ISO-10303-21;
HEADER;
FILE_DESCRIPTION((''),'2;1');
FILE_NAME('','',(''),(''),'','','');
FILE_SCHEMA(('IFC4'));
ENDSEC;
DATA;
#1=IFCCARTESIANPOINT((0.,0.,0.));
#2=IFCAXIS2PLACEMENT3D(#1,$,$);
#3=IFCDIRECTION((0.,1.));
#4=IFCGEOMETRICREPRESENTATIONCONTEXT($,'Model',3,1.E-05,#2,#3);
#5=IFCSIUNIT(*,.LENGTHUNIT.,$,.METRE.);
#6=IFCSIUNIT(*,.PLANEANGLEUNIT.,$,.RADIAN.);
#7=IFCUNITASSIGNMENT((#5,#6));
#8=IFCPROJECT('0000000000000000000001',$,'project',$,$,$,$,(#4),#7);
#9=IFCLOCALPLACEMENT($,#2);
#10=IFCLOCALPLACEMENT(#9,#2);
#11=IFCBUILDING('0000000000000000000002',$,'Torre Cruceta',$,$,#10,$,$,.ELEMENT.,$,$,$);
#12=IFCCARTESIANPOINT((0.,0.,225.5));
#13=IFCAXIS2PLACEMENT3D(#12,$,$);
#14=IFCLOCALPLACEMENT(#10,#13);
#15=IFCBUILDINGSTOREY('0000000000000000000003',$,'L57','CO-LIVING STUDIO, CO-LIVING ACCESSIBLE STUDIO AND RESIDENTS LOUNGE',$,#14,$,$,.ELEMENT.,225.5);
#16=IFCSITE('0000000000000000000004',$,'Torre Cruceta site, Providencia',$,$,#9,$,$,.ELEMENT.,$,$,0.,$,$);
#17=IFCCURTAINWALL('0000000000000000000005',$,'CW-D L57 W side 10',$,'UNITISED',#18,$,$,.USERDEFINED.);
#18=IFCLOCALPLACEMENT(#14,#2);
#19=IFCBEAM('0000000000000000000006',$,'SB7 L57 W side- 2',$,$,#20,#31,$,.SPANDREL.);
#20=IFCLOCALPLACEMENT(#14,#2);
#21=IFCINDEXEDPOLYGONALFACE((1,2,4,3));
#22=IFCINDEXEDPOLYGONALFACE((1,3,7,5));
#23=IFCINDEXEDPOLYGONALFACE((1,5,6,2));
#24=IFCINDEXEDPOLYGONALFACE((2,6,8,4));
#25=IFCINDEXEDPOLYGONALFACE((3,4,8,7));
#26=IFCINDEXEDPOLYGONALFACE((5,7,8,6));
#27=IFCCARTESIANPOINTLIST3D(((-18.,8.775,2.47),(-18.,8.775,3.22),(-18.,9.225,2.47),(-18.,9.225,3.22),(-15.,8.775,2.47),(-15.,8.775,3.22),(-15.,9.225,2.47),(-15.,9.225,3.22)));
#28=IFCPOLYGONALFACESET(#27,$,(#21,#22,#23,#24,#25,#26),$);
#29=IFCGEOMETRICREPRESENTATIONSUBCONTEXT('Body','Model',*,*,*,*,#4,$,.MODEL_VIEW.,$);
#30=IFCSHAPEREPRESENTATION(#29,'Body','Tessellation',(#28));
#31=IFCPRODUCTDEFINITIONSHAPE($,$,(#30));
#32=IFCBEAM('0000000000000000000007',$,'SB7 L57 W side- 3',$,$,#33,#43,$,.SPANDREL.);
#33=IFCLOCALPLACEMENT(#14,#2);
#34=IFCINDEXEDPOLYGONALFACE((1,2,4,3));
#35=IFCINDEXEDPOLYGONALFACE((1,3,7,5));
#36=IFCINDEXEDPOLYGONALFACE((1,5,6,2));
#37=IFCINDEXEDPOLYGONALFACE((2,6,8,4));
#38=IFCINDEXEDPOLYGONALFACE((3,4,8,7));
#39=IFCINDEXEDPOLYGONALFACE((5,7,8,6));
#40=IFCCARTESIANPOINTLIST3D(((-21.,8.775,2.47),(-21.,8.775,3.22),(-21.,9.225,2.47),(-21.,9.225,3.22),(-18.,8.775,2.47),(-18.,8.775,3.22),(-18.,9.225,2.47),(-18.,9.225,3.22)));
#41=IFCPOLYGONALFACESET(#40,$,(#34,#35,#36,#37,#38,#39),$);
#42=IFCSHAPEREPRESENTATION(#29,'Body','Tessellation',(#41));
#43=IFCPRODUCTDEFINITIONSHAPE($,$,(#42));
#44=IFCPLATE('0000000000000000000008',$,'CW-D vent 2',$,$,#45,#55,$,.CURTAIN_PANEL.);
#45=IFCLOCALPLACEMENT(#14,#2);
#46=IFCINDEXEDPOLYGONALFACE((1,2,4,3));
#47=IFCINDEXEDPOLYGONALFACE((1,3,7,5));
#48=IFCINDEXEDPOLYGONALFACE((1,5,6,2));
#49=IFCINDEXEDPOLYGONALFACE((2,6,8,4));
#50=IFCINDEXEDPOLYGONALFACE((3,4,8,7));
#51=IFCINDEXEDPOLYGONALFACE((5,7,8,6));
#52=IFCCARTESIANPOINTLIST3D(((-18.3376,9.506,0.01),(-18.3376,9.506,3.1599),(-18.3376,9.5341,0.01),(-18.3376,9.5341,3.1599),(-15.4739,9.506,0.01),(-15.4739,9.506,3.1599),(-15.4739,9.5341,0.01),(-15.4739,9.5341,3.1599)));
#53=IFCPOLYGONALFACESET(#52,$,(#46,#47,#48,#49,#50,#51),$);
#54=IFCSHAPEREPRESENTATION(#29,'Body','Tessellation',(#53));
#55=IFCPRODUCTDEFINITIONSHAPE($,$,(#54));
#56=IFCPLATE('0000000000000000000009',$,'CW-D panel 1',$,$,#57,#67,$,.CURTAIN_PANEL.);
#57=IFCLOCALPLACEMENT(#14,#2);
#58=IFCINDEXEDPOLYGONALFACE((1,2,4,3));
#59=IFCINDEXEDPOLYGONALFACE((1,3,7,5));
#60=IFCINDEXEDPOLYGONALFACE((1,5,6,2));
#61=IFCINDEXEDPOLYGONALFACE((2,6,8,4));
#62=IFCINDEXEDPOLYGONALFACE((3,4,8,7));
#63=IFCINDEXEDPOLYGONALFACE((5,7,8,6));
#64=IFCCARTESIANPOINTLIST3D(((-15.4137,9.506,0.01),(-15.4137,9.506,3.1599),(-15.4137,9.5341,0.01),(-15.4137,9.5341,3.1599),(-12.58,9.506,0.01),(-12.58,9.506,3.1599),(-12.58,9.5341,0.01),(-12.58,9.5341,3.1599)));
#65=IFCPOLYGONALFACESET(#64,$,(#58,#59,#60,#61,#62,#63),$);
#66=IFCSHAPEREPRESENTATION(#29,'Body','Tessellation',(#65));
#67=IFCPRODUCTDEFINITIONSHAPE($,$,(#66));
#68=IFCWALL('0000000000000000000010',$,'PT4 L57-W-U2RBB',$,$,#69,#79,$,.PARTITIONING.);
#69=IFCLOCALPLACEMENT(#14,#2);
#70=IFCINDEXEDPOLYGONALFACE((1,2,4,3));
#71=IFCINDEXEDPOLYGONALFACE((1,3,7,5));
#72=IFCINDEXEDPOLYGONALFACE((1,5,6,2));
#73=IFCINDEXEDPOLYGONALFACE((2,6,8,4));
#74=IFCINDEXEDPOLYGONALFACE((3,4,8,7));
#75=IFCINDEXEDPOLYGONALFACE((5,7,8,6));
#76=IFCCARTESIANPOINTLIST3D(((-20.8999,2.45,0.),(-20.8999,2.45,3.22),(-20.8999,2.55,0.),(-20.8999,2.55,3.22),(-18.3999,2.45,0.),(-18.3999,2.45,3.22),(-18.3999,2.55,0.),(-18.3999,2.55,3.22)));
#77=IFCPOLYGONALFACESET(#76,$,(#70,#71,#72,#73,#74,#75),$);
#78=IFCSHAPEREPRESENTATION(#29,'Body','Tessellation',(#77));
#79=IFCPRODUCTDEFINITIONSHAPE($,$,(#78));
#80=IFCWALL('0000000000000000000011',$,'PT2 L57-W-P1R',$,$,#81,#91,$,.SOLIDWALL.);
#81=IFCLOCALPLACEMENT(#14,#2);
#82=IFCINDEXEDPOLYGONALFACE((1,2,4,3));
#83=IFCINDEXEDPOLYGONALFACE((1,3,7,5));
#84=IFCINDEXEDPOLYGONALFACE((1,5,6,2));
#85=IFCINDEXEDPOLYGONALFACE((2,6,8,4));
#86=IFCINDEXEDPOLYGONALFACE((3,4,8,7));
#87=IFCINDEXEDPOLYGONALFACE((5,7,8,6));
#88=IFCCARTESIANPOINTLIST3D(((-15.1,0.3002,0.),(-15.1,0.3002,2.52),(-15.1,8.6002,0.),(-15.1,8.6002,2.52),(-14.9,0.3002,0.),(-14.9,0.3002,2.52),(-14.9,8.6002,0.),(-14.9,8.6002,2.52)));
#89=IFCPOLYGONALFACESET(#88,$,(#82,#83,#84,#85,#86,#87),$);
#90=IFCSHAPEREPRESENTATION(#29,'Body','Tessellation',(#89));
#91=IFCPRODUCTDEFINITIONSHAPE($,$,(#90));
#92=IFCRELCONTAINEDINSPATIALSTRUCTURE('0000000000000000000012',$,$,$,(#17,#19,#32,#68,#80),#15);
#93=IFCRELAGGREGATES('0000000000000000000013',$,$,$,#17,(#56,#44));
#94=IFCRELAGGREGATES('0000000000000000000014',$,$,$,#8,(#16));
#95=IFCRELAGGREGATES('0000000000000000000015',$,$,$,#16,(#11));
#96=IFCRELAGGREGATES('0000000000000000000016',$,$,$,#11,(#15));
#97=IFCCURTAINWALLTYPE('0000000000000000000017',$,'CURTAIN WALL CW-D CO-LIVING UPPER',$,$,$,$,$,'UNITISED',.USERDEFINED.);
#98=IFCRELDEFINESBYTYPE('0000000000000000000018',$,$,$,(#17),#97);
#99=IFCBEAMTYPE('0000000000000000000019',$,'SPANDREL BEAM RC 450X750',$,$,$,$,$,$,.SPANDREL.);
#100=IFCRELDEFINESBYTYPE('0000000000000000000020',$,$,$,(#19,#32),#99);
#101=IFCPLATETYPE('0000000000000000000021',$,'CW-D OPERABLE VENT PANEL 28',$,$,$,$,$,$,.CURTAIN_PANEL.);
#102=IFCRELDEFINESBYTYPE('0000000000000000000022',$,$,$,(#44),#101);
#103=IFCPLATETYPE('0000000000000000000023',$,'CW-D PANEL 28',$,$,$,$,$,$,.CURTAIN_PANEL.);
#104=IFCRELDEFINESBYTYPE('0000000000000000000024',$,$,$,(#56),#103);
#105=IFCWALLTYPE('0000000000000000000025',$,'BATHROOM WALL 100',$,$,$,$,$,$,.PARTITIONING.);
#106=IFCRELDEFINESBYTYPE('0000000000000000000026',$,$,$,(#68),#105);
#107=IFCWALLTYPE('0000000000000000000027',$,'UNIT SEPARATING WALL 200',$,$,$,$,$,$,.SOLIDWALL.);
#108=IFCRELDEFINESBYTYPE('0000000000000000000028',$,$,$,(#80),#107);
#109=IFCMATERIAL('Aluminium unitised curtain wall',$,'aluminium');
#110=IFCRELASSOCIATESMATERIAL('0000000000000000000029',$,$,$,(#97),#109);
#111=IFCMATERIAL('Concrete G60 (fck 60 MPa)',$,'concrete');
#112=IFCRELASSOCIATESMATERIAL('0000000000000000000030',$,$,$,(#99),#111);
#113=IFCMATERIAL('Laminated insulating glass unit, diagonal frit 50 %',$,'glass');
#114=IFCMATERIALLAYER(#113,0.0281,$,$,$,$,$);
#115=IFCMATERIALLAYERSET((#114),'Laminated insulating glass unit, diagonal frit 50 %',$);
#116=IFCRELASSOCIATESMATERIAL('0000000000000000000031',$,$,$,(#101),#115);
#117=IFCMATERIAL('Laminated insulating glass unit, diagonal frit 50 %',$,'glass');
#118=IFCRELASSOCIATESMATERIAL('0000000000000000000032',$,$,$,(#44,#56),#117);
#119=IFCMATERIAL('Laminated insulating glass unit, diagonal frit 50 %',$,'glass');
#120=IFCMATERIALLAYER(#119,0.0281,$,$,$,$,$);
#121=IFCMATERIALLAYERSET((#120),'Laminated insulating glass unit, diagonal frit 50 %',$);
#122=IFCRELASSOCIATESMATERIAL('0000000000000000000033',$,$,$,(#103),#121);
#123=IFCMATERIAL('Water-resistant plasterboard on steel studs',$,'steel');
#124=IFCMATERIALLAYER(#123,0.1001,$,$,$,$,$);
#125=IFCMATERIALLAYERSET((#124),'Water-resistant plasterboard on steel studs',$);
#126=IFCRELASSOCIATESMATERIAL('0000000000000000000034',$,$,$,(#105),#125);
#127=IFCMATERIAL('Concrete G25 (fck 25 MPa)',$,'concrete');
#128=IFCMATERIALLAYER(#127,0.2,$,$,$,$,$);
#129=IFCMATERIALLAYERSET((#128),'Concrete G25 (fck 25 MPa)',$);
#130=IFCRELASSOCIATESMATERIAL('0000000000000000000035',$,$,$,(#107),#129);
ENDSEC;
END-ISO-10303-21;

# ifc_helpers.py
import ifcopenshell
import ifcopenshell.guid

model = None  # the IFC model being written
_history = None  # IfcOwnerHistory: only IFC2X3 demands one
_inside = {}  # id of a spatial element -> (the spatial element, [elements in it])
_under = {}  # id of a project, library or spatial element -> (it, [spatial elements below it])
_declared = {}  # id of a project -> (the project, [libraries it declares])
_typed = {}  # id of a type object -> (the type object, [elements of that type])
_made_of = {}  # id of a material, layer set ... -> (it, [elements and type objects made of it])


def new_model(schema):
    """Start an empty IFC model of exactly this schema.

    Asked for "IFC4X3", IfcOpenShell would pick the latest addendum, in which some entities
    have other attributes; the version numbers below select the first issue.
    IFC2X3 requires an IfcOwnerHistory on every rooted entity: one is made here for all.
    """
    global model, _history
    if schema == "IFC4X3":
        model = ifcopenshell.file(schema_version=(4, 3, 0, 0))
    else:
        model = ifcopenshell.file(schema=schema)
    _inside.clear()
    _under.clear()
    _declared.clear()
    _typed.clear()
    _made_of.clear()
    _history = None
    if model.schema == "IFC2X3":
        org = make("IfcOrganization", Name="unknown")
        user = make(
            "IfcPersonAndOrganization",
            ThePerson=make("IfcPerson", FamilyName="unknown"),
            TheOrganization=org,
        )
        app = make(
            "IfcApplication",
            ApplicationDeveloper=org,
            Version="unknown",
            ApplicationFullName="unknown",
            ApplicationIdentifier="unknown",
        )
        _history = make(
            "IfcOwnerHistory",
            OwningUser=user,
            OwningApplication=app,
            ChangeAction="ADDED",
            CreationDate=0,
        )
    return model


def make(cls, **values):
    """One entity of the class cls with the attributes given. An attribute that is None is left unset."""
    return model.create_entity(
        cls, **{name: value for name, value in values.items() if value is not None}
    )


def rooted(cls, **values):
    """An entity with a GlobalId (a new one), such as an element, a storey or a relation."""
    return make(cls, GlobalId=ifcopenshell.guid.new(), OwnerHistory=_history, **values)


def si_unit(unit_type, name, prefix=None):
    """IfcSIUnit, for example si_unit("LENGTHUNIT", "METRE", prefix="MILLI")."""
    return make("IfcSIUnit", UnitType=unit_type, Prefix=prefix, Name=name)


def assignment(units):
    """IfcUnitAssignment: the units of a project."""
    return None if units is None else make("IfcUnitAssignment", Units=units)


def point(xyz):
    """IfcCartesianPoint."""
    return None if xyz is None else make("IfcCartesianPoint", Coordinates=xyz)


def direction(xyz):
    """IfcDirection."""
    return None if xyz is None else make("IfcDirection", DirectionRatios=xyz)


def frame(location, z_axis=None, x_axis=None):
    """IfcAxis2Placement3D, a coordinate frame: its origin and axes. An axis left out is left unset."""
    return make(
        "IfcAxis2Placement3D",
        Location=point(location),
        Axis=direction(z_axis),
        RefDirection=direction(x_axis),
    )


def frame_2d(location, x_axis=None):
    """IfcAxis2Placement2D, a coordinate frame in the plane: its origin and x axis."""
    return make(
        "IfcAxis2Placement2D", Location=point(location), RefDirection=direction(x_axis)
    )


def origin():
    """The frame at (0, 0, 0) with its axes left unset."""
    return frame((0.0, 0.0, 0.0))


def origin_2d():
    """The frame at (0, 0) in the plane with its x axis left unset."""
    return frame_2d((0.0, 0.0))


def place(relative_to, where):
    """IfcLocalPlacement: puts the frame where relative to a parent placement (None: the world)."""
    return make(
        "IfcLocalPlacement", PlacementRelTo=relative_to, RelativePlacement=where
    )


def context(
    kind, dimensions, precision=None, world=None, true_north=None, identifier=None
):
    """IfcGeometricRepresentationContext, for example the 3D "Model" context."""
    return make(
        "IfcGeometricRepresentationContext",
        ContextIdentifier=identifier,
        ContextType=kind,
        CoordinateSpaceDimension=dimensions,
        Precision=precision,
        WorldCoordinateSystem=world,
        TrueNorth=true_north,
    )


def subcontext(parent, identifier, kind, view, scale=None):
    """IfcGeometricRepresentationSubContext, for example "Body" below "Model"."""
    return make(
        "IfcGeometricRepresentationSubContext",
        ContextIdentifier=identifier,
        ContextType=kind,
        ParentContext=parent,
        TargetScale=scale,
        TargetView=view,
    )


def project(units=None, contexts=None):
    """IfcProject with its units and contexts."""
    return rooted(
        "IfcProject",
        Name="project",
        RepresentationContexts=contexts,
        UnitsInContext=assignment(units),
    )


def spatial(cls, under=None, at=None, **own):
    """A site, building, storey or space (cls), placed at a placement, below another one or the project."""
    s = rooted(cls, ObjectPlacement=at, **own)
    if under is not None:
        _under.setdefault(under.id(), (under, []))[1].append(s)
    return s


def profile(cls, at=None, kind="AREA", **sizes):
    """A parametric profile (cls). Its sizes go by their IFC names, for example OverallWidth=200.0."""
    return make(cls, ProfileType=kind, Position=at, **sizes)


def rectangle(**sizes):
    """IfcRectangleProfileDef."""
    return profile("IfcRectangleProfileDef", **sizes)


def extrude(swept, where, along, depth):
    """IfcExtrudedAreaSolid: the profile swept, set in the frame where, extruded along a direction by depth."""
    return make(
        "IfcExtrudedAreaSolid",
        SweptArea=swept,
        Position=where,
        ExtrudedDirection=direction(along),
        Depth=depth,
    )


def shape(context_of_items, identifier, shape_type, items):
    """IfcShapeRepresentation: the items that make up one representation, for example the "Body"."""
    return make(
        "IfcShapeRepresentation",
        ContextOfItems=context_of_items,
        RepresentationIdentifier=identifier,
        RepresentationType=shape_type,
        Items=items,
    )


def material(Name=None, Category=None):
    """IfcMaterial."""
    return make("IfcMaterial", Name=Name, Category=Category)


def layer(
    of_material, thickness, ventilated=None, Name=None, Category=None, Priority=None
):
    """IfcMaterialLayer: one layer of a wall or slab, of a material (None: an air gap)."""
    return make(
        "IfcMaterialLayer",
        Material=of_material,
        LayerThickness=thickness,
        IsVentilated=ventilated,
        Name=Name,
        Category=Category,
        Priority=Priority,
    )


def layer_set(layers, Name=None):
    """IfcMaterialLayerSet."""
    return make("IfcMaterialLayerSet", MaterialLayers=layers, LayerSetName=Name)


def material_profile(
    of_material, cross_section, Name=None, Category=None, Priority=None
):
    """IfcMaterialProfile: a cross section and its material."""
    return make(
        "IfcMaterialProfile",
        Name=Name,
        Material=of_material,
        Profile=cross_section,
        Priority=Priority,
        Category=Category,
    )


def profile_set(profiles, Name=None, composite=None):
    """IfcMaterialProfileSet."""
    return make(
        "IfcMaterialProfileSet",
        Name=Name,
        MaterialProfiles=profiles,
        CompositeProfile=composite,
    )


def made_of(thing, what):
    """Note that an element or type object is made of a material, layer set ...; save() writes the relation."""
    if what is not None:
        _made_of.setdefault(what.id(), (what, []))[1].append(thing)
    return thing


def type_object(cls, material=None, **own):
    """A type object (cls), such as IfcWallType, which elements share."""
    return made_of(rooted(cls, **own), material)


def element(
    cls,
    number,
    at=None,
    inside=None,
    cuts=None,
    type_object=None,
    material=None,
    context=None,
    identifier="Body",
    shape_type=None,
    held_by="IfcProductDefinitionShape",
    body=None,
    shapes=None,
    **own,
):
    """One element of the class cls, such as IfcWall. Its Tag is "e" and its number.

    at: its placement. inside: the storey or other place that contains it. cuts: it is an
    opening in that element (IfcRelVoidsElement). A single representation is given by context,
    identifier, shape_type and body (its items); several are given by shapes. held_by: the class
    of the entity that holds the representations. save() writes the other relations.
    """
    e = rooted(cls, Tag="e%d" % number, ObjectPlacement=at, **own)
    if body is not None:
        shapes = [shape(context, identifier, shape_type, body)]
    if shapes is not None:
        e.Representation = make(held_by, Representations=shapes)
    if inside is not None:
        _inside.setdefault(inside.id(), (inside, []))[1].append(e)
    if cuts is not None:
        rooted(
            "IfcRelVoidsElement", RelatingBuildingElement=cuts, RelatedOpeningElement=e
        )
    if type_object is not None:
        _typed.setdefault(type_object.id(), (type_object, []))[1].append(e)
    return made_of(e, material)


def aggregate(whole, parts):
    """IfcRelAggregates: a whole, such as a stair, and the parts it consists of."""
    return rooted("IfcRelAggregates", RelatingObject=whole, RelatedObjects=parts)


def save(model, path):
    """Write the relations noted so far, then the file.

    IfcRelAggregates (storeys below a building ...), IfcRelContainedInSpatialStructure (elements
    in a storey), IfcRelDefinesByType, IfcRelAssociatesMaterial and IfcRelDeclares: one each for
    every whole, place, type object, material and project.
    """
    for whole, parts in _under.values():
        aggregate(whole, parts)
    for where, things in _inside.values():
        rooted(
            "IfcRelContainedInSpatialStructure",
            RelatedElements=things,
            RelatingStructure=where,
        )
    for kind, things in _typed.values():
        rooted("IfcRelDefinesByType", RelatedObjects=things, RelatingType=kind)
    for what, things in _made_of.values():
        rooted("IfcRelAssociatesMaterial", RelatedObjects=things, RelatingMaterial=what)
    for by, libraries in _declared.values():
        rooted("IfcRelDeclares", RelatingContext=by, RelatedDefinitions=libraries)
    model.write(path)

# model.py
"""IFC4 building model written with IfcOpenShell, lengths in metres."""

from ifc_helpers import new_model, si_unit, direction, frame, frame_2d, origin, origin_2d, place, context, subcontext, project, spatial, rectangle, extrude, material, layer, layer_set, material_profile, profile_set, type_object, element, aggregate, save


model = new_model("IFC4")

# Units and contexts
model_context = context("Model", 3, precision=1e-05, world=origin(), true_north=direction((0.0, 1.0)))
body_context = subcontext(model_context, "Body", "Model", "MODEL_VIEW")
ifc_project = project(units=[si_unit("LENGTHUNIT", "METRE"), si_unit("PLANEANGLEUNIT", "RADIAN")], contexts=[model_context])

# Site, building, storey
site_placement = place(None, origin())
site = spatial("IfcSite", under=ifc_project, at=site_placement, Name="Torre Cruceta site, Providencia", CompositionType="ELEMENT", RefElevation=0.0)
building_placement = place(site_placement, origin())
building = spatial("IfcBuilding", under=site, at=building_placement, Name="Torre Cruceta", CompositionType="ELEMENT")
storey_placement = place(building_placement, frame((0.0, 0.0, 225.5)))
storey = spatial("IfcBuildingStorey", under=building, at=storey_placement, Name="L57", Description="CO-LIVING STUDIO, CO-LIVING ACCESSIBLE STUDIO AND RESIDENTS LOUNGE", CompositionType="ELEMENT", Elevation=225.5)

# Curtain wall
ifc_material_1 = material(Name="Aluminium unitised curtain wall", Category="aluminium")
curtain_wall_type = type_object("IfcCurtainWallType", Name="CURTAIN WALL CW-D CO-LIVING UPPER", ElementType="UNITISED", PredefinedType="USERDEFINED", material=ifc_material_1)
curtain_wall_placement = place(storey_placement, origin())
curtain_wall = element("IfcCurtainWall", 1, at=curtain_wall_placement, inside=storey, type_object=curtain_wall_type, Name="CW-D L57 W side 10", ObjectType="UNITISED", PredefinedType="USERDEFINED")

# Beams
ifc_material_2 = material(Name="Concrete G60 (fck 60 MPa)", Category="concrete")
ifc_material_profile_1 = material_profile(ifc_material_2, rectangle(XDim=0.45, YDim=0.75, at=origin_2d()), Name="RC 450X750")
ifc_profile_set_1 = profile_set([ifc_material_profile_1], Name="Concrete G60 (fck 60 MPa)")
beam_type_1 = type_object("IfcBeamType", Name="SPANDREL BEAM RC 450X750", PredefinedType="SPANDREL", material=ifc_profile_set_1)
for number, where, z_axis, x_axis, name in (
    (2, (-15.0, 9.0, 2.845), (-1.0, 0.0, 0.0), (0.0, -1.0, 0.0), "SB7 L57 W side- 2"),
    (3, (-18.0, 9.0, 2.845), (-1.0, 0.0, 0.0), (0.0, -1.0, 0.0), "SB7 L57 W side- 3"),
):
    element("IfcBeam", number, at=place(storey_placement, frame(where, z_axis=z_axis, x_axis=x_axis)), inside=storey, type_object=beam_type_1, Name=name, PredefinedType="SPANDREL", context=body_context, shape_type="SweptSolid", body=[
        extrude(rectangle(XDim=0.45, YDim=0.75, at=origin_2d()), origin(), (0.0, 0.0, 1.0), 3.0),
    ])

# Plates
ifc_material_3 = material(Name="Laminated insulating glass unit, diagonal frit 50 %", Category="glass")
ifc_material_4 = material(Name="Laminated insulating glass unit, diagonal frit 50 %", Category="glass")
ifc_layer_1 = layer(ifc_material_4, 0.0281)
ifc_layer_set_1 = layer_set([ifc_layer_1], Name="Laminated insulating glass unit, diagonal frit 50 %")
plate_type_1 = type_object("IfcPlateType", Name="CW-D OPERABLE VENT PANEL 28", PredefinedType="CURTAIN_PANEL", material=ifc_layer_set_1)
plate_1_placement = place(storey_placement, frame((-16.9058, 9.52, 0.01), z_axis=(0.0, 0.0, 1.0), x_axis=(-1.0, 0.0, 0.0)))
plate_1 = element("IfcPlate", 4, at=plate_1_placement, type_object=plate_type_1, material=ifc_material_3, Name="CW-D vent 2", PredefinedType="CURTAIN_PANEL", context=body_context, shape_type="SweptSolid", body=[
    extrude(rectangle(XDim=2.8638, YDim=0.0281, at=origin_2d()), origin(), (0.0, 0.0, 1.0), 3.1499),
])
ifc_material_5 = material(Name="Laminated insulating glass unit, diagonal frit 50 %", Category="glass")
ifc_layer_2 = layer(ifc_material_5, 0.0281)
ifc_layer_set_2 = layer_set([ifc_layer_2], Name="Laminated insulating glass unit, diagonal frit 50 %")
plate_type_2 = type_object("IfcPlateType", Name="CW-D PANEL 28", PredefinedType="CURTAIN_PANEL", material=ifc_layer_set_2)
plate_2_placement = place(storey_placement, frame((-13.9968, 9.52, 0.01), z_axis=(0.0, 0.0, 1.0), x_axis=(-1.0, 0.0, 0.0)))
plate_2 = element("IfcPlate", 5, at=plate_2_placement, type_object=plate_type_2, material=ifc_material_3, Name="CW-D panel 1", PredefinedType="CURTAIN_PANEL", context=body_context, shape_type="SweptSolid", body=[
    extrude(rectangle(XDim=2.8337, YDim=0.0281, at=origin_2d()), origin(), (0.0, 0.0, 1.0), 3.1499),
])
aggregate(curtain_wall, [plate_2, plate_1])

# Walls
ifc_material_6 = material(Name="Water-resistant plasterboard on steel studs", Category="steel")
ifc_layer_3 = layer(ifc_material_6, 0.1001)
ifc_layer_set_3 = layer_set([ifc_layer_3], Name="Water-resistant plasterboard on steel studs")
wall_type_1 = type_object("IfcWallType", Name="BATHROOM WALL 100", PredefinedType="PARTITIONING", material=ifc_layer_set_3)
wall_1_placement = place(storey_placement, frame((-18.3999, 2.5, 0.0), z_axis=(0.0, 0.0, 1.0), x_axis=(-1.0, 0.0, 0.0)))
element("IfcWall", 6, at=wall_1_placement, inside=storey, type_object=wall_type_1, Name="PT4 L57-W-U2RBB", PredefinedType="PARTITIONING", context=body_context, shape_type="SweptSolid", body=[
    extrude(rectangle(XDim=2.5, YDim=0.1001, at=frame_2d((1.25, 0.0))), origin(), (0.0, 0.0, 1.0), 3.22),
])
ifc_material_7 = material(Name="Concrete G25 (fck 25 MPa)", Category="concrete")
ifc_layer_4 = layer(ifc_material_7, 0.2)
ifc_layer_set_4 = layer_set([ifc_layer_4], Name="Concrete G25 (fck 25 MPa)")
wall_type_2 = type_object("IfcWallType", Name="UNIT SEPARATING WALL 200", PredefinedType="SOLIDWALL", material=ifc_layer_set_4)
wall_2_placement = place(storey_placement, frame((-15.0, 8.6001, 0.0), z_axis=(0.0, 0.0, 1.0), x_axis=(0.0, -1.0, 0.0)))
element("IfcWall", 7, at=wall_2_placement, inside=storey, type_object=wall_type_2, Name="PT2 L57-W-P1R", PredefinedType="SOLIDWALL", context=body_context, shape_type="SweptSolid", body=[
    extrude(rectangle(XDim=8.3, YDim=0.2, at=frame_2d((4.1499, 0.0))), origin(), (0.0, 0.0, 1.0), 2.52),
])

save(model, "model.ifc")
